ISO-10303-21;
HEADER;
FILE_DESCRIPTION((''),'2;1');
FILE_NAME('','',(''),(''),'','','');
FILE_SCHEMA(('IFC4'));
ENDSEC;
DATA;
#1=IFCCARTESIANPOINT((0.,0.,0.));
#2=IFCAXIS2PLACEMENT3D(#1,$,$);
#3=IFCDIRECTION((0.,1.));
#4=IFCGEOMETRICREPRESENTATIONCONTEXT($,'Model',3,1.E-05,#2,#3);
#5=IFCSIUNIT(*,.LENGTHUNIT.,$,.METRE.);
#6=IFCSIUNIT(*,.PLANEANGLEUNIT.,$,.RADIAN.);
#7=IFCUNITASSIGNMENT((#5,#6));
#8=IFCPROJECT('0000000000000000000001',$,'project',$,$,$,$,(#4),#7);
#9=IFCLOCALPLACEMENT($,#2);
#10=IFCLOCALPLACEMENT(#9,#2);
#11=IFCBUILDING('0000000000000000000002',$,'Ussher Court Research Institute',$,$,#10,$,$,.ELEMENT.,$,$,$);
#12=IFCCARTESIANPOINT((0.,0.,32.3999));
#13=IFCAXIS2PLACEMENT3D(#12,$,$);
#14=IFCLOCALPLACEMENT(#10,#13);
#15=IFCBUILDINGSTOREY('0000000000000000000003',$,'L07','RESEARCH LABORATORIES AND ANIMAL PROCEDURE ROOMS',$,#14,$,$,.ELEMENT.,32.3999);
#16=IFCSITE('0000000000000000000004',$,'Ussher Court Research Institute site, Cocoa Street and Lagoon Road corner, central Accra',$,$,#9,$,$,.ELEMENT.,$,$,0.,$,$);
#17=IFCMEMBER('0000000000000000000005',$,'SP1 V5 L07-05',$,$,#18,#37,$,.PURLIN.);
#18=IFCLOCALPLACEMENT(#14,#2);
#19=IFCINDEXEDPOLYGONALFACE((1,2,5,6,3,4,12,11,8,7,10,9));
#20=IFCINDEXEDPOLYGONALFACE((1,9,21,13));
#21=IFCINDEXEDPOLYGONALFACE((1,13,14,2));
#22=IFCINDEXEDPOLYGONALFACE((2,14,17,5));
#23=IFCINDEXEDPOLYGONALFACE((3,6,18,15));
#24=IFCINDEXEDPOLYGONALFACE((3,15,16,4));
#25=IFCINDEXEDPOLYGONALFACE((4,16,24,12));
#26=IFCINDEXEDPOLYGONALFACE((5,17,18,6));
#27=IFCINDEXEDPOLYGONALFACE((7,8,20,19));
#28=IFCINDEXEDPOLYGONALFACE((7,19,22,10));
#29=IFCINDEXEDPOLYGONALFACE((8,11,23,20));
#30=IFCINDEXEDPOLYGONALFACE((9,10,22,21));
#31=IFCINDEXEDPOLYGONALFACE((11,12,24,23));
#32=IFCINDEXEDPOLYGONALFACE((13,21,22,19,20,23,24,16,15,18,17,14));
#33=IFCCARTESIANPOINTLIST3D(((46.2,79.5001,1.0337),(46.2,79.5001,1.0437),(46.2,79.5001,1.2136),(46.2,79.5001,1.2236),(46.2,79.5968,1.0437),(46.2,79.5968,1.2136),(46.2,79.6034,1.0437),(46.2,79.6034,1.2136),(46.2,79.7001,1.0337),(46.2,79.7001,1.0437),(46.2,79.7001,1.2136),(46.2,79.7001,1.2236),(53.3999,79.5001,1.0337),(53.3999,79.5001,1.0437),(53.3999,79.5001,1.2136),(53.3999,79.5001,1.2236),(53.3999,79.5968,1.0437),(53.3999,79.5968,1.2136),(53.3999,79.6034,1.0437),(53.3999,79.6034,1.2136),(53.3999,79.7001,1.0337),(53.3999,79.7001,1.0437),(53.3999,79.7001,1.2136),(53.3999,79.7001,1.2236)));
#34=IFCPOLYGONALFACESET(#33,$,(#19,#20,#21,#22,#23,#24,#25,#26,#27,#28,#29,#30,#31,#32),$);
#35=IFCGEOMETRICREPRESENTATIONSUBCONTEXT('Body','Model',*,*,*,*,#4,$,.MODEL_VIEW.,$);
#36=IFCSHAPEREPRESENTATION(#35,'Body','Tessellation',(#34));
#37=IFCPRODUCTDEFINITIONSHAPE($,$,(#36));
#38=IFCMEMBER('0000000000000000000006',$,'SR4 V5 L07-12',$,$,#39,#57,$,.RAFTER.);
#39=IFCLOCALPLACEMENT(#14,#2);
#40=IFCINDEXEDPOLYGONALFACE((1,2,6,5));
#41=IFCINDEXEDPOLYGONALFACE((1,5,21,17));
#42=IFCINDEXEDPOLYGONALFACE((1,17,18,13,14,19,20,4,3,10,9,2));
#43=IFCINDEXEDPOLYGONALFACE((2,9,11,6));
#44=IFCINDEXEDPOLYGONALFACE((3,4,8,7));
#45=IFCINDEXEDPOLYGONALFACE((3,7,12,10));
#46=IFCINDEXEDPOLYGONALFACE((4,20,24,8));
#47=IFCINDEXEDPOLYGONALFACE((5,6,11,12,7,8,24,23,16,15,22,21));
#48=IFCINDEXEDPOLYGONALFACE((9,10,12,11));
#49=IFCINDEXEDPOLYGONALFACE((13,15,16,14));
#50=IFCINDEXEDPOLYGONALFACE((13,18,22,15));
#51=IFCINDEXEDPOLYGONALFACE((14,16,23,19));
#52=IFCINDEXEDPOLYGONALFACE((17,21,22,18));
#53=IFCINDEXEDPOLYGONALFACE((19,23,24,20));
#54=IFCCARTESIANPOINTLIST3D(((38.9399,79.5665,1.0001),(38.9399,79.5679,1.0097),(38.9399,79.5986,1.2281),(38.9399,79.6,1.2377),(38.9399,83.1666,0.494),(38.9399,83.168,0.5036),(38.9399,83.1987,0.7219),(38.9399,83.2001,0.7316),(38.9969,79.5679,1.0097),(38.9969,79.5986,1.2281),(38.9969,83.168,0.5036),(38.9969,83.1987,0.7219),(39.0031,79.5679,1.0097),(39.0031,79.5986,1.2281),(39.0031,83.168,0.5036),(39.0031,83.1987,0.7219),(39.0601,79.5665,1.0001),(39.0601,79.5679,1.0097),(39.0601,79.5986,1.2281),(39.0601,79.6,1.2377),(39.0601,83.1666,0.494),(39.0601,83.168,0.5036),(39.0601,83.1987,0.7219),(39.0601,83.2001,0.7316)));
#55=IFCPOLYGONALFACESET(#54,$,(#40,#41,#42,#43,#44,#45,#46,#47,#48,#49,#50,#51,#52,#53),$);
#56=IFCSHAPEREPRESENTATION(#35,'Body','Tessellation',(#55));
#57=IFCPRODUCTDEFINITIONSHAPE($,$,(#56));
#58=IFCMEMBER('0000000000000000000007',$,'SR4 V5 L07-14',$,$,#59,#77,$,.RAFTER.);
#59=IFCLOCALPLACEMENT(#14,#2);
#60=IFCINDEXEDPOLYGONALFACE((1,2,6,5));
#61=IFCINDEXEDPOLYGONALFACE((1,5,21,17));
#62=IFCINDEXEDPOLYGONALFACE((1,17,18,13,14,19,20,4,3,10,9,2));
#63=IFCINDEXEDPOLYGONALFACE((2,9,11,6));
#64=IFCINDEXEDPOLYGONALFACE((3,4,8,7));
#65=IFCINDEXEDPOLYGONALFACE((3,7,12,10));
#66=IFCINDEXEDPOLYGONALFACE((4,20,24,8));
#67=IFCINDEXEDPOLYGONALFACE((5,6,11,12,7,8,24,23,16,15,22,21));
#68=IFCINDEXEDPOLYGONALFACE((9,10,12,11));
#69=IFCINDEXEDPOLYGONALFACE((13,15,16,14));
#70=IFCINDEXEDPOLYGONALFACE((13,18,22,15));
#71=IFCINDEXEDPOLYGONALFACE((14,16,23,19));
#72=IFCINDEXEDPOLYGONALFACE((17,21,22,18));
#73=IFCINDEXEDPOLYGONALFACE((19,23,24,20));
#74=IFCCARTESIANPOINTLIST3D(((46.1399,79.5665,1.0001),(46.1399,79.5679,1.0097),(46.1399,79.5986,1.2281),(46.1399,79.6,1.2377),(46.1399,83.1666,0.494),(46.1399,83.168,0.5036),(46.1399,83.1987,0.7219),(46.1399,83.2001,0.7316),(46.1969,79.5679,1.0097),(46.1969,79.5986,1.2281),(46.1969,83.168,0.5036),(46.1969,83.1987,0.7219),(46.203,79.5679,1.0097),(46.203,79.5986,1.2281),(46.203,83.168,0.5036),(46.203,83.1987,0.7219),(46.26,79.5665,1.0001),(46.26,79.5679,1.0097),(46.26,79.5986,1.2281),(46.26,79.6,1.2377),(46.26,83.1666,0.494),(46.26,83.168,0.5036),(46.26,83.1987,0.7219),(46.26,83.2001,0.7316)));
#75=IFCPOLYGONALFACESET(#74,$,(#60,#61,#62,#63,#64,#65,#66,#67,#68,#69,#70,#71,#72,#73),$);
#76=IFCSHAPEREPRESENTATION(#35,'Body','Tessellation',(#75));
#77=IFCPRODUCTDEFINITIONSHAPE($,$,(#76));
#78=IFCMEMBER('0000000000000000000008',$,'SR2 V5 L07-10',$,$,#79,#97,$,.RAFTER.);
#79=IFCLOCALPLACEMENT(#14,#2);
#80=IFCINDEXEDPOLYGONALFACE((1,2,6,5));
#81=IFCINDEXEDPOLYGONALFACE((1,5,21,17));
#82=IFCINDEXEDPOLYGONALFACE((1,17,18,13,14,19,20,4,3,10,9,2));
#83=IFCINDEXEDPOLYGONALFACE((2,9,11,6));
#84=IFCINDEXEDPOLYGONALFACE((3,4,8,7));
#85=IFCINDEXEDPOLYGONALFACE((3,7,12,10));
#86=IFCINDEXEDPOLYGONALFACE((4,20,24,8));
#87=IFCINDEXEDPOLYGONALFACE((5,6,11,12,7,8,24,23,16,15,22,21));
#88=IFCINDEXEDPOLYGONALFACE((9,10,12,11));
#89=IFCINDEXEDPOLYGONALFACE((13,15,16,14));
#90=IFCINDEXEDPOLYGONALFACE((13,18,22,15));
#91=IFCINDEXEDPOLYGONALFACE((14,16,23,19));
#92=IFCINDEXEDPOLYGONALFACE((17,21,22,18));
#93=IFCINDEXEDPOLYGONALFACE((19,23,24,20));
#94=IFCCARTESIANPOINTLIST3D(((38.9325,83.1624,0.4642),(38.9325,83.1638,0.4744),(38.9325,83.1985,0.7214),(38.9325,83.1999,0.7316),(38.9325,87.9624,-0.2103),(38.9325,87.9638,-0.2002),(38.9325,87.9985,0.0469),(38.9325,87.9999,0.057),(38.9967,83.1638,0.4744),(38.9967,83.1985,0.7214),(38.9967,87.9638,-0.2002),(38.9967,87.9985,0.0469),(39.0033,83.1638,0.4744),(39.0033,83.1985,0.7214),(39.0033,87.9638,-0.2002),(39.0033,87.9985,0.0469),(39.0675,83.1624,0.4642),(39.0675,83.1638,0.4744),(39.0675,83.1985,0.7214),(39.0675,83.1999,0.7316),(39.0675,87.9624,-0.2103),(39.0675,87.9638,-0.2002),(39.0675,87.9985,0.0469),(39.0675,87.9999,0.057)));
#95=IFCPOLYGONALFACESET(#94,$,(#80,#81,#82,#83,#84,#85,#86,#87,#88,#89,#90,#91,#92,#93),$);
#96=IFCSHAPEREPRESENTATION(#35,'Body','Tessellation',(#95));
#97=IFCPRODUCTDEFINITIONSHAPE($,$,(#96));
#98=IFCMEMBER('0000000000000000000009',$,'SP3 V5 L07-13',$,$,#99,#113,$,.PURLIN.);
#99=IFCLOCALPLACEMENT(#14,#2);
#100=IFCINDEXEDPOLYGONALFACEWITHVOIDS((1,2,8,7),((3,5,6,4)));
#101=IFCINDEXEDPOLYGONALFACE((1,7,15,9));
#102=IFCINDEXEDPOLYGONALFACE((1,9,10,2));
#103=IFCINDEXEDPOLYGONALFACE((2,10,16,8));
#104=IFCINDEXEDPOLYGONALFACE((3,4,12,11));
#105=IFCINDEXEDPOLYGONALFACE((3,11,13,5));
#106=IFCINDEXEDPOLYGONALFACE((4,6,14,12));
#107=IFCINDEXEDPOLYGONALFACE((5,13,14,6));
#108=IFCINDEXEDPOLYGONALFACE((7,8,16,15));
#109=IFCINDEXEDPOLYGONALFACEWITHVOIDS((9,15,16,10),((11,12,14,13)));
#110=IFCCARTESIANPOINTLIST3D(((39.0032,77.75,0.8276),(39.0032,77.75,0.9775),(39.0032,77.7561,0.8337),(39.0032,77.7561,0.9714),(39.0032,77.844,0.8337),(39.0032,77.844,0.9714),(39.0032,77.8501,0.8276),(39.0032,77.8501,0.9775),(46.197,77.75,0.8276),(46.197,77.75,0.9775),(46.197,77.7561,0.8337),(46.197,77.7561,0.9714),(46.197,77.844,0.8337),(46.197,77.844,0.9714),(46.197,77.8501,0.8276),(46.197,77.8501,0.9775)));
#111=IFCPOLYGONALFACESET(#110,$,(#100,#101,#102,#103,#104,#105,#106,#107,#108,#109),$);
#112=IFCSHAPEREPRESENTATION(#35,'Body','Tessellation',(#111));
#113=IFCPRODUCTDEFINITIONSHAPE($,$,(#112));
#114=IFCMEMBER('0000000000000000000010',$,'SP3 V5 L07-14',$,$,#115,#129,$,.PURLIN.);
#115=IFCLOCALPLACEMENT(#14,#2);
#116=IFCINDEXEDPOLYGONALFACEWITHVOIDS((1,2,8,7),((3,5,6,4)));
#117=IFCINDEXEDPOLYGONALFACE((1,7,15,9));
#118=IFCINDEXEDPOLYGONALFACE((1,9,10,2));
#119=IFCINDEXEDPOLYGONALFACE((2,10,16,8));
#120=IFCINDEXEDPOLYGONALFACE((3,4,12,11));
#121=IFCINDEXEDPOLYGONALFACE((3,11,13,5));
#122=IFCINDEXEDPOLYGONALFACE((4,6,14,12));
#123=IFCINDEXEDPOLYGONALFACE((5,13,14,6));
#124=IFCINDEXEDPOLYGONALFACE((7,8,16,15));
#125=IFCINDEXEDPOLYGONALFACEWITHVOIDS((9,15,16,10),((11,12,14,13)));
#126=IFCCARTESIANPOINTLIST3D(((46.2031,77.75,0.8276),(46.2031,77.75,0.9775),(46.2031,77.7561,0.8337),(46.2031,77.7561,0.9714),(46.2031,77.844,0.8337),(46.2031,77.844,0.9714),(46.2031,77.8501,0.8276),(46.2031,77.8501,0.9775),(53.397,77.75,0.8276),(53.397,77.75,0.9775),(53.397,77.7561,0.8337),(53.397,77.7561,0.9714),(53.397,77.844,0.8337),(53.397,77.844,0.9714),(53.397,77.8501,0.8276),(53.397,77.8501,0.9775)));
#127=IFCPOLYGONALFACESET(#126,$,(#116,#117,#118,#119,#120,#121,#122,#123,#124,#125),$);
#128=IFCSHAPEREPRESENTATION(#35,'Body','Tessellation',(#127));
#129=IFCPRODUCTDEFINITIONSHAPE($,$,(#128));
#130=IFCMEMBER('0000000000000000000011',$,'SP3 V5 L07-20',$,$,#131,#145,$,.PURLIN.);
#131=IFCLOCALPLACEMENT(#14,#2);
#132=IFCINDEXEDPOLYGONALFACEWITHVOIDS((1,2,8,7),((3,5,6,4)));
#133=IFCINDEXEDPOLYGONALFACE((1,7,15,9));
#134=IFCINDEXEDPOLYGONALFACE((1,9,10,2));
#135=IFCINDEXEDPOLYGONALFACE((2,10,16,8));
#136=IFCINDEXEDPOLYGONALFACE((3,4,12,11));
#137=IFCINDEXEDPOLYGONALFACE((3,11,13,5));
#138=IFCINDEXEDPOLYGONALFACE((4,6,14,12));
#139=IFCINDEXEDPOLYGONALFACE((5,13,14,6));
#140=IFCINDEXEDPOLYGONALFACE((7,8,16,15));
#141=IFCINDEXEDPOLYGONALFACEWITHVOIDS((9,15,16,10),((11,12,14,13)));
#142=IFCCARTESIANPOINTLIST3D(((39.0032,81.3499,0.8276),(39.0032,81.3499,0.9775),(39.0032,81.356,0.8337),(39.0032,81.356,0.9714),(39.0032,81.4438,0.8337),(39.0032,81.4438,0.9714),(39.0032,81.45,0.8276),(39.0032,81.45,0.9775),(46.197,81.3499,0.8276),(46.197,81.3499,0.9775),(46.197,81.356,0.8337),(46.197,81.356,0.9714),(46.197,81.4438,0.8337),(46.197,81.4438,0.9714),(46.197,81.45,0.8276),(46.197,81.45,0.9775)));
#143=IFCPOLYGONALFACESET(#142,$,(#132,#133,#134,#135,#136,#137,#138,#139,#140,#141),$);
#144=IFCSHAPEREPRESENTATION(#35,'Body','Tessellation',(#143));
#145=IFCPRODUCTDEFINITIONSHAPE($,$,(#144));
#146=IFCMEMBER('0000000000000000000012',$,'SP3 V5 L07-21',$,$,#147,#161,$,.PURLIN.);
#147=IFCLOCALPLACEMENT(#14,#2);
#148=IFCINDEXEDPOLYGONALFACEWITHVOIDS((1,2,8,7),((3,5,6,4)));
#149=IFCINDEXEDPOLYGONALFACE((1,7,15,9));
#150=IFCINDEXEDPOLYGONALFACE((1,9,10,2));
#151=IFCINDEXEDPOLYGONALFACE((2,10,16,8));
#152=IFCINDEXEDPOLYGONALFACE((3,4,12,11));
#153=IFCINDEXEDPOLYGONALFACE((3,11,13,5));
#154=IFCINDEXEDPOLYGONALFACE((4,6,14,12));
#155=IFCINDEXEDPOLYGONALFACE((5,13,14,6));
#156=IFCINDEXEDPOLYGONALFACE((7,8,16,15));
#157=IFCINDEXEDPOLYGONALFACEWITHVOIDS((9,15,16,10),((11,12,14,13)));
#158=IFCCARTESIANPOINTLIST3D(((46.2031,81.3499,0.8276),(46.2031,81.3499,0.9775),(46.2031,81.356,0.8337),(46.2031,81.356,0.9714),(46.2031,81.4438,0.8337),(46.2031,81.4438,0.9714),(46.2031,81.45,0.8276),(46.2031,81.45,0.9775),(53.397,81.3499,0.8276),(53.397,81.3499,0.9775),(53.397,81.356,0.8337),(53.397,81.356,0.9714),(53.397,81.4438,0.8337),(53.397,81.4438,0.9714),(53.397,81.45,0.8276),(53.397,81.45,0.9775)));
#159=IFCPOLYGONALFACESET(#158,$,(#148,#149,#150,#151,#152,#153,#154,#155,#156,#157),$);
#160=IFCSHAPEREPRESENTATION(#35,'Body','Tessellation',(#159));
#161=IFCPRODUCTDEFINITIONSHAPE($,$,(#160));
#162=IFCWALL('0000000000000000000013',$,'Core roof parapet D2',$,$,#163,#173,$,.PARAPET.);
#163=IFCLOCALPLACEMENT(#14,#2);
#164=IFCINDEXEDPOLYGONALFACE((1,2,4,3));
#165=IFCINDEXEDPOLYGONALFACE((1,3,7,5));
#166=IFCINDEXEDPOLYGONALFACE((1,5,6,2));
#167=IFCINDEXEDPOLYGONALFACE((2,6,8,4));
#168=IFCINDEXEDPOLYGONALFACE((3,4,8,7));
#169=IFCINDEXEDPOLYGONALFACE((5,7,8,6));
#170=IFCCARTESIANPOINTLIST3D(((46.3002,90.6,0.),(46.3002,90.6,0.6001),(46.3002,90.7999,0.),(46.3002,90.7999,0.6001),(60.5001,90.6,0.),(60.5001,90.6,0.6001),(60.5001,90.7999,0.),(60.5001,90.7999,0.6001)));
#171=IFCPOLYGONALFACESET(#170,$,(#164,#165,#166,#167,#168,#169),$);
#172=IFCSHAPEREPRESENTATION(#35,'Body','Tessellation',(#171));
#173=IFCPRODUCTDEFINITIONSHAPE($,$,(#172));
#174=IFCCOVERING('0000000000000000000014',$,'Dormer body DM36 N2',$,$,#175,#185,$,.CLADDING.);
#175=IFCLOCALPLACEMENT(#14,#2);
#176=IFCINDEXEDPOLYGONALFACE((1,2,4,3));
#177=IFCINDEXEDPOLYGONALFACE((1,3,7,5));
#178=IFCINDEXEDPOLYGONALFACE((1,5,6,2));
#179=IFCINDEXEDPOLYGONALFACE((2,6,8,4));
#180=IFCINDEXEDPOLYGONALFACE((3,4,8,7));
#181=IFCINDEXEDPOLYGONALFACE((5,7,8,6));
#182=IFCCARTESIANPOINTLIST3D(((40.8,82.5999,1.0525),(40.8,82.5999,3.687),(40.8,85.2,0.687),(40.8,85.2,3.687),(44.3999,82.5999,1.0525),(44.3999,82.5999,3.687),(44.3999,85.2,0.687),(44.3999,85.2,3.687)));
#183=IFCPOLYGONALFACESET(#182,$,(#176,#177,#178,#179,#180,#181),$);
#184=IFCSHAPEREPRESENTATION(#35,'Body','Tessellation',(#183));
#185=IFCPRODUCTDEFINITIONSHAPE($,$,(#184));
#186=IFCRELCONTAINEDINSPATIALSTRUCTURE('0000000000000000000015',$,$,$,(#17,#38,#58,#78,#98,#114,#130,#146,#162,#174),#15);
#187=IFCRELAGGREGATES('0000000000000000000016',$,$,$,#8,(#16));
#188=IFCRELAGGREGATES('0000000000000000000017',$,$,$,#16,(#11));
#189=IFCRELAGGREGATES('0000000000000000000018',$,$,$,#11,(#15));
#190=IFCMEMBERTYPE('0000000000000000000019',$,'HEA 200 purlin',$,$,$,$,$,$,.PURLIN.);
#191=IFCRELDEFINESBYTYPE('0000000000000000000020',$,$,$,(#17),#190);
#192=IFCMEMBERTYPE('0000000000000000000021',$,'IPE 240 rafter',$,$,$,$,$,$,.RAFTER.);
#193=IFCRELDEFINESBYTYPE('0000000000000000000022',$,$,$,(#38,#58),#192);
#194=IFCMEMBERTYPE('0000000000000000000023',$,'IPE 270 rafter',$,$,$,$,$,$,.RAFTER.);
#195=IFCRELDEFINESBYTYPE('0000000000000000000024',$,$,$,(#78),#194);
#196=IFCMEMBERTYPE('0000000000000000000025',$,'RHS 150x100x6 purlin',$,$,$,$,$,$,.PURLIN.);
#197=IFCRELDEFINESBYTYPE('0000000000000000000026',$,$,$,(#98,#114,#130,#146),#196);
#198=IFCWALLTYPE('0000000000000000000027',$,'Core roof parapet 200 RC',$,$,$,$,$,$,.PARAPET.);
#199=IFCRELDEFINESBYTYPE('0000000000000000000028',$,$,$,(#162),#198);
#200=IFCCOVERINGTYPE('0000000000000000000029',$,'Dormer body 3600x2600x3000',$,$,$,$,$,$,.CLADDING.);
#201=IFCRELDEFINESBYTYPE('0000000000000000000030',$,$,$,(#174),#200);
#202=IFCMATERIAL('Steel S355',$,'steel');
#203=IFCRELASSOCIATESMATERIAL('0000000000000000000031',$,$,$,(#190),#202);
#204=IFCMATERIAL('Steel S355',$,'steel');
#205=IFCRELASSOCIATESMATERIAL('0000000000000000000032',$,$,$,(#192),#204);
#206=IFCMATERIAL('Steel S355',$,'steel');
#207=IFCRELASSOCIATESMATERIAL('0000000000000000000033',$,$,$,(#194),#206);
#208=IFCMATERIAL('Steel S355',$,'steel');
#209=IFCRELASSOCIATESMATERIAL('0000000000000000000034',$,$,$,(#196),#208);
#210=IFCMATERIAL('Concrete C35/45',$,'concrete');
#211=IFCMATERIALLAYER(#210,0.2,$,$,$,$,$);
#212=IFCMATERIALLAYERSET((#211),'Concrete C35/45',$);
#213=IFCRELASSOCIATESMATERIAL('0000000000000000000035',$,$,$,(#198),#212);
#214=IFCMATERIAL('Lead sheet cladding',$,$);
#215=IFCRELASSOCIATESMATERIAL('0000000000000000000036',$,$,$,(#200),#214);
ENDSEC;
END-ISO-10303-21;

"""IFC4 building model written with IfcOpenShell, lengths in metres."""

from ifc_helpers import new_model, si_unit, direction, frame, frame_2d, origin, origin_2d, place, context, subcontext, project, spatial, polyline, rectangle, hollow_rectangle, i_section, outline, extrude, material, layer, layer_set, material_profile, profile_set, type_object, element, save


model = new_model("IFC4")

# Units and contexts
model_context = context("Model", 3, precision=1e-05, world=origin(), true_north=direction((0.0, 1.0)))
body_context = subcontext(model_context, "Body", "Model", "MODEL_VIEW")
ifc_project = project(units=[si_unit("LENGTHUNIT", "METRE"), si_unit("PLANEANGLEUNIT", "RADIAN")], contexts=[model_context])

# Site, building, storey
site_placement = place(None, origin())
site = spatial("IfcSite", under=ifc_project, at=site_placement, Name="Ussher Court Research Institute site, Cocoa Street and Lagoon Road corner, central Accra", CompositionType="ELEMENT", RefElevation=0.0)
building_placement = place(site_placement, origin())
building = spatial("IfcBuilding", under=site, at=building_placement, Name="Ussher Court Research Institute", CompositionType="ELEMENT")
storey_placement = place(building_placement, frame((0.0, 0.0, 32.3999)))
storey = spatial("IfcBuildingStorey", under=building, at=storey_placement, Name="L07", Description="RESEARCH LABORATORIES AND ANIMAL PROCEDURE ROOMS", CompositionType="ELEMENT", Elevation=32.3999)

# Members
ifc_material_1 = material(Name="Steel S355", Category="steel")
ifc_material_profile_1 = material_profile(ifc_material_1, i_section(OverallWidth=0.2, OverallDepth=0.1899, WebThickness=0.0066, FlangeThickness=0.01, at=origin_2d()), Name="HEA 200")
ifc_profile_set_1 = profile_set([ifc_material_profile_1], Name="Steel S355")
member_type_1 = type_object("IfcMemberType", Name="HEA 200 purlin", PredefinedType="PURLIN", material=ifc_profile_set_1)
for number, where, z_axis, x_axis, name in (
    (1, (46.2, 79.6001, 1.1287), (1.0, 0.0, 0.0), (0.0, 1.0, 0.0), "SP1 V5 L07-05"),
):
    element("IfcMember", number, at=place(storey_placement, frame(where, z_axis=z_axis, x_axis=x_axis)), inside=storey, type_object=member_type_1, Name=name, PredefinedType="PURLIN", context=body_context, shape_type="SweptSolid", body=[
        extrude(i_section(OverallWidth=0.2, OverallDepth=0.1899, WebThickness=0.0066, FlangeThickness=0.01, at=origin_2d()), origin(), (0.0, 0.0, 1.0), 7.2),
    ])
ifc_material_2 = material(Name="Steel S355", Category="steel")
ifc_material_profile_2 = material_profile(ifc_material_2, i_section(OverallWidth=0.1201, OverallDepth=0.24, WebThickness=0.0061, FlangeThickness=0.0098, at=origin_2d()), Name="IPE 240")
ifc_profile_set_2 = profile_set([ifc_material_profile_2], Name="Steel S355")
member_type_2 = type_object("IfcMemberType", Name="IPE 240 rafter", PredefinedType="RAFTER", material=ifc_profile_set_2)
for number, where, z_axis, x_axis, name in (
    (2, (39.0, 79.5833, 1.1189), (0.0, 0.990263, -0.139212), (-1.0, 0.0, 0.0), "SR4 V5 L07-12"),
    (3, (46.2, 79.5833, 1.1189), (0.0, 0.990263, -0.139212), (-1.0, 0.0, 0.0), "SR4 V5 L07-14"),
):
    element("IfcMember", number, at=place(storey_placement, frame(where, z_axis=z_axis, x_axis=x_axis)), inside=storey, type_object=member_type_2, Name=name, PredefinedType="RAFTER", context=body_context, shape_type="SweptSolid", body=[
        extrude(i_section(OverallWidth=0.1201, OverallDepth=0.24, WebThickness=0.0061, FlangeThickness=0.0098, at=origin_2d()), origin(), (0.0, 0.0, 1.0), 3.6355),
    ])
ifc_material_3 = material(Name="Steel S355", Category="steel")
ifc_material_profile_3 = material_profile(ifc_material_3, i_section(OverallWidth=0.135, OverallDepth=0.27, WebThickness=0.0066, FlangeThickness=0.0103, at=origin_2d()), Name="IPE 270")
ifc_profile_set_3 = profile_set([ifc_material_profile_3], Name="Steel S355")
member_type_3 = type_object("IfcMemberType", Name="IPE 270 rafter", PredefinedType="RAFTER", material=ifc_profile_set_3)
member_1_placement = place(storey_placement, frame((39.0, 83.1812, 0.5979), z_axis=(0.0, 0.990269, -0.139165), x_axis=(-1.0, 0.0, 0.0)))
element("IfcMember", 4, at=member_1_placement, inside=storey, type_object=member_type_3, Name="SR2 V5 L07-10", PredefinedType="RAFTER", context=body_context, shape_type="SweptSolid", body=[
    extrude(i_section(OverallWidth=0.135, OverallDepth=0.27, WebThickness=0.0066, FlangeThickness=0.0103, at=origin_2d()), origin(), (0.0, 0.0, 1.0), 4.8472),
])
ifc_material_4 = material(Name="Steel S355", Category="steel")
ifc_material_profile_4 = material_profile(ifc_material_4, hollow_rectangle(XDim=0.1001, YDim=0.1499, WallThickness=0.0061, at=origin_2d()), Name="RHS 150x100x6")
ifc_profile_set_4 = profile_set([ifc_material_profile_4], Name="Steel S355")
member_type_4 = type_object("IfcMemberType", Name="RHS 150x100x6 purlin", PredefinedType="PURLIN", material=ifc_profile_set_4)
for number, where, z_axis, x_axis, name in (
    (5, (39.0032, 77.8, 0.9026), (1.0, 0.0, 0.0), (0.0, 1.0, 0.0), "SP3 V5 L07-13"),
    (6, (46.2031, 77.8, 0.9026), (1.0, 0.0, 0.0), (0.0, 1.0, 0.0), "SP3 V5 L07-14"),
    (7, (39.0032, 81.3999, 0.9026), (1.0, 0.0, 0.0), (0.0, 1.0, 0.0), "SP3 V5 L07-20"),
    (8, (46.2031, 81.3999, 0.9026), (1.0, 0.0, 0.0), (0.0, 1.0, 0.0), "SP3 V5 L07-21"),
):
    element("IfcMember", number, at=place(storey_placement, frame(where, z_axis=z_axis, x_axis=x_axis)), inside=storey, type_object=member_type_4, Name=name, PredefinedType="PURLIN", context=body_context, shape_type="SweptSolid", body=[
        extrude(hollow_rectangle(XDim=0.1001, YDim=0.1499, WallThickness=0.0061, at=origin_2d()), origin(), (0.0, 0.0, 1.0), 7.1938),
    ])

# Wall
ifc_material_5 = material(Name="Concrete C35/45", Category="concrete")
ifc_layer_1 = layer(ifc_material_5, 0.2)
ifc_layer_set_1 = layer_set([ifc_layer_1], Name="Concrete C35/45")
wall_type = type_object("IfcWallType", Name="Core roof parapet 200 RC", PredefinedType="PARAPET", material=ifc_layer_set_1)
wall_placement = place(storey_placement, frame((46.3, 90.7, 0.0), z_axis=(0.0, 0.0, 1.0), x_axis=(1.0, 0.0, 0.0)))
element("IfcWall", 9, at=wall_placement, inside=storey, type_object=wall_type, Name="Core roof parapet D2", PredefinedType="PARAPET", context=body_context, shape_type="SweptSolid", body=[
    extrude(rectangle(XDim=14.2, YDim=0.2, at=frame_2d((7.1001, 0.0))), origin(), (0.0, 0.0, 1.0), 0.6001),
])

# Covering
ifc_material_6 = material(Name="Lead sheet cladding")
covering_type_1 = type_object("IfcCoveringType", Name="Dormer body 3600x2600x3000", PredefinedType="CLADDING", material=ifc_material_6)
covering_1_placement = place(storey_placement, frame((40.8, 85.2, 0.687), z_axis=(1.0, 0.0, 0.0), x_axis=(0.0, 1.0, 0.0)))
element("IfcCovering", 10, at=covering_1_placement, inside=storey, type_object=covering_type_1, Name="Dormer body DM36 N2", PredefinedType="CLADDING", context=body_context, shape_type="SweptSolid", body=[
    extrude(outline(polyline([(0.0, 0.0), (0.0, 3.0), (-2.6001, 3.0), (-2.6001, 0.3655), (0.0, 0.0)])), origin(), (0.0, 0.0, 1.0), 3.5999),
])

save(model, "model.ifc")
